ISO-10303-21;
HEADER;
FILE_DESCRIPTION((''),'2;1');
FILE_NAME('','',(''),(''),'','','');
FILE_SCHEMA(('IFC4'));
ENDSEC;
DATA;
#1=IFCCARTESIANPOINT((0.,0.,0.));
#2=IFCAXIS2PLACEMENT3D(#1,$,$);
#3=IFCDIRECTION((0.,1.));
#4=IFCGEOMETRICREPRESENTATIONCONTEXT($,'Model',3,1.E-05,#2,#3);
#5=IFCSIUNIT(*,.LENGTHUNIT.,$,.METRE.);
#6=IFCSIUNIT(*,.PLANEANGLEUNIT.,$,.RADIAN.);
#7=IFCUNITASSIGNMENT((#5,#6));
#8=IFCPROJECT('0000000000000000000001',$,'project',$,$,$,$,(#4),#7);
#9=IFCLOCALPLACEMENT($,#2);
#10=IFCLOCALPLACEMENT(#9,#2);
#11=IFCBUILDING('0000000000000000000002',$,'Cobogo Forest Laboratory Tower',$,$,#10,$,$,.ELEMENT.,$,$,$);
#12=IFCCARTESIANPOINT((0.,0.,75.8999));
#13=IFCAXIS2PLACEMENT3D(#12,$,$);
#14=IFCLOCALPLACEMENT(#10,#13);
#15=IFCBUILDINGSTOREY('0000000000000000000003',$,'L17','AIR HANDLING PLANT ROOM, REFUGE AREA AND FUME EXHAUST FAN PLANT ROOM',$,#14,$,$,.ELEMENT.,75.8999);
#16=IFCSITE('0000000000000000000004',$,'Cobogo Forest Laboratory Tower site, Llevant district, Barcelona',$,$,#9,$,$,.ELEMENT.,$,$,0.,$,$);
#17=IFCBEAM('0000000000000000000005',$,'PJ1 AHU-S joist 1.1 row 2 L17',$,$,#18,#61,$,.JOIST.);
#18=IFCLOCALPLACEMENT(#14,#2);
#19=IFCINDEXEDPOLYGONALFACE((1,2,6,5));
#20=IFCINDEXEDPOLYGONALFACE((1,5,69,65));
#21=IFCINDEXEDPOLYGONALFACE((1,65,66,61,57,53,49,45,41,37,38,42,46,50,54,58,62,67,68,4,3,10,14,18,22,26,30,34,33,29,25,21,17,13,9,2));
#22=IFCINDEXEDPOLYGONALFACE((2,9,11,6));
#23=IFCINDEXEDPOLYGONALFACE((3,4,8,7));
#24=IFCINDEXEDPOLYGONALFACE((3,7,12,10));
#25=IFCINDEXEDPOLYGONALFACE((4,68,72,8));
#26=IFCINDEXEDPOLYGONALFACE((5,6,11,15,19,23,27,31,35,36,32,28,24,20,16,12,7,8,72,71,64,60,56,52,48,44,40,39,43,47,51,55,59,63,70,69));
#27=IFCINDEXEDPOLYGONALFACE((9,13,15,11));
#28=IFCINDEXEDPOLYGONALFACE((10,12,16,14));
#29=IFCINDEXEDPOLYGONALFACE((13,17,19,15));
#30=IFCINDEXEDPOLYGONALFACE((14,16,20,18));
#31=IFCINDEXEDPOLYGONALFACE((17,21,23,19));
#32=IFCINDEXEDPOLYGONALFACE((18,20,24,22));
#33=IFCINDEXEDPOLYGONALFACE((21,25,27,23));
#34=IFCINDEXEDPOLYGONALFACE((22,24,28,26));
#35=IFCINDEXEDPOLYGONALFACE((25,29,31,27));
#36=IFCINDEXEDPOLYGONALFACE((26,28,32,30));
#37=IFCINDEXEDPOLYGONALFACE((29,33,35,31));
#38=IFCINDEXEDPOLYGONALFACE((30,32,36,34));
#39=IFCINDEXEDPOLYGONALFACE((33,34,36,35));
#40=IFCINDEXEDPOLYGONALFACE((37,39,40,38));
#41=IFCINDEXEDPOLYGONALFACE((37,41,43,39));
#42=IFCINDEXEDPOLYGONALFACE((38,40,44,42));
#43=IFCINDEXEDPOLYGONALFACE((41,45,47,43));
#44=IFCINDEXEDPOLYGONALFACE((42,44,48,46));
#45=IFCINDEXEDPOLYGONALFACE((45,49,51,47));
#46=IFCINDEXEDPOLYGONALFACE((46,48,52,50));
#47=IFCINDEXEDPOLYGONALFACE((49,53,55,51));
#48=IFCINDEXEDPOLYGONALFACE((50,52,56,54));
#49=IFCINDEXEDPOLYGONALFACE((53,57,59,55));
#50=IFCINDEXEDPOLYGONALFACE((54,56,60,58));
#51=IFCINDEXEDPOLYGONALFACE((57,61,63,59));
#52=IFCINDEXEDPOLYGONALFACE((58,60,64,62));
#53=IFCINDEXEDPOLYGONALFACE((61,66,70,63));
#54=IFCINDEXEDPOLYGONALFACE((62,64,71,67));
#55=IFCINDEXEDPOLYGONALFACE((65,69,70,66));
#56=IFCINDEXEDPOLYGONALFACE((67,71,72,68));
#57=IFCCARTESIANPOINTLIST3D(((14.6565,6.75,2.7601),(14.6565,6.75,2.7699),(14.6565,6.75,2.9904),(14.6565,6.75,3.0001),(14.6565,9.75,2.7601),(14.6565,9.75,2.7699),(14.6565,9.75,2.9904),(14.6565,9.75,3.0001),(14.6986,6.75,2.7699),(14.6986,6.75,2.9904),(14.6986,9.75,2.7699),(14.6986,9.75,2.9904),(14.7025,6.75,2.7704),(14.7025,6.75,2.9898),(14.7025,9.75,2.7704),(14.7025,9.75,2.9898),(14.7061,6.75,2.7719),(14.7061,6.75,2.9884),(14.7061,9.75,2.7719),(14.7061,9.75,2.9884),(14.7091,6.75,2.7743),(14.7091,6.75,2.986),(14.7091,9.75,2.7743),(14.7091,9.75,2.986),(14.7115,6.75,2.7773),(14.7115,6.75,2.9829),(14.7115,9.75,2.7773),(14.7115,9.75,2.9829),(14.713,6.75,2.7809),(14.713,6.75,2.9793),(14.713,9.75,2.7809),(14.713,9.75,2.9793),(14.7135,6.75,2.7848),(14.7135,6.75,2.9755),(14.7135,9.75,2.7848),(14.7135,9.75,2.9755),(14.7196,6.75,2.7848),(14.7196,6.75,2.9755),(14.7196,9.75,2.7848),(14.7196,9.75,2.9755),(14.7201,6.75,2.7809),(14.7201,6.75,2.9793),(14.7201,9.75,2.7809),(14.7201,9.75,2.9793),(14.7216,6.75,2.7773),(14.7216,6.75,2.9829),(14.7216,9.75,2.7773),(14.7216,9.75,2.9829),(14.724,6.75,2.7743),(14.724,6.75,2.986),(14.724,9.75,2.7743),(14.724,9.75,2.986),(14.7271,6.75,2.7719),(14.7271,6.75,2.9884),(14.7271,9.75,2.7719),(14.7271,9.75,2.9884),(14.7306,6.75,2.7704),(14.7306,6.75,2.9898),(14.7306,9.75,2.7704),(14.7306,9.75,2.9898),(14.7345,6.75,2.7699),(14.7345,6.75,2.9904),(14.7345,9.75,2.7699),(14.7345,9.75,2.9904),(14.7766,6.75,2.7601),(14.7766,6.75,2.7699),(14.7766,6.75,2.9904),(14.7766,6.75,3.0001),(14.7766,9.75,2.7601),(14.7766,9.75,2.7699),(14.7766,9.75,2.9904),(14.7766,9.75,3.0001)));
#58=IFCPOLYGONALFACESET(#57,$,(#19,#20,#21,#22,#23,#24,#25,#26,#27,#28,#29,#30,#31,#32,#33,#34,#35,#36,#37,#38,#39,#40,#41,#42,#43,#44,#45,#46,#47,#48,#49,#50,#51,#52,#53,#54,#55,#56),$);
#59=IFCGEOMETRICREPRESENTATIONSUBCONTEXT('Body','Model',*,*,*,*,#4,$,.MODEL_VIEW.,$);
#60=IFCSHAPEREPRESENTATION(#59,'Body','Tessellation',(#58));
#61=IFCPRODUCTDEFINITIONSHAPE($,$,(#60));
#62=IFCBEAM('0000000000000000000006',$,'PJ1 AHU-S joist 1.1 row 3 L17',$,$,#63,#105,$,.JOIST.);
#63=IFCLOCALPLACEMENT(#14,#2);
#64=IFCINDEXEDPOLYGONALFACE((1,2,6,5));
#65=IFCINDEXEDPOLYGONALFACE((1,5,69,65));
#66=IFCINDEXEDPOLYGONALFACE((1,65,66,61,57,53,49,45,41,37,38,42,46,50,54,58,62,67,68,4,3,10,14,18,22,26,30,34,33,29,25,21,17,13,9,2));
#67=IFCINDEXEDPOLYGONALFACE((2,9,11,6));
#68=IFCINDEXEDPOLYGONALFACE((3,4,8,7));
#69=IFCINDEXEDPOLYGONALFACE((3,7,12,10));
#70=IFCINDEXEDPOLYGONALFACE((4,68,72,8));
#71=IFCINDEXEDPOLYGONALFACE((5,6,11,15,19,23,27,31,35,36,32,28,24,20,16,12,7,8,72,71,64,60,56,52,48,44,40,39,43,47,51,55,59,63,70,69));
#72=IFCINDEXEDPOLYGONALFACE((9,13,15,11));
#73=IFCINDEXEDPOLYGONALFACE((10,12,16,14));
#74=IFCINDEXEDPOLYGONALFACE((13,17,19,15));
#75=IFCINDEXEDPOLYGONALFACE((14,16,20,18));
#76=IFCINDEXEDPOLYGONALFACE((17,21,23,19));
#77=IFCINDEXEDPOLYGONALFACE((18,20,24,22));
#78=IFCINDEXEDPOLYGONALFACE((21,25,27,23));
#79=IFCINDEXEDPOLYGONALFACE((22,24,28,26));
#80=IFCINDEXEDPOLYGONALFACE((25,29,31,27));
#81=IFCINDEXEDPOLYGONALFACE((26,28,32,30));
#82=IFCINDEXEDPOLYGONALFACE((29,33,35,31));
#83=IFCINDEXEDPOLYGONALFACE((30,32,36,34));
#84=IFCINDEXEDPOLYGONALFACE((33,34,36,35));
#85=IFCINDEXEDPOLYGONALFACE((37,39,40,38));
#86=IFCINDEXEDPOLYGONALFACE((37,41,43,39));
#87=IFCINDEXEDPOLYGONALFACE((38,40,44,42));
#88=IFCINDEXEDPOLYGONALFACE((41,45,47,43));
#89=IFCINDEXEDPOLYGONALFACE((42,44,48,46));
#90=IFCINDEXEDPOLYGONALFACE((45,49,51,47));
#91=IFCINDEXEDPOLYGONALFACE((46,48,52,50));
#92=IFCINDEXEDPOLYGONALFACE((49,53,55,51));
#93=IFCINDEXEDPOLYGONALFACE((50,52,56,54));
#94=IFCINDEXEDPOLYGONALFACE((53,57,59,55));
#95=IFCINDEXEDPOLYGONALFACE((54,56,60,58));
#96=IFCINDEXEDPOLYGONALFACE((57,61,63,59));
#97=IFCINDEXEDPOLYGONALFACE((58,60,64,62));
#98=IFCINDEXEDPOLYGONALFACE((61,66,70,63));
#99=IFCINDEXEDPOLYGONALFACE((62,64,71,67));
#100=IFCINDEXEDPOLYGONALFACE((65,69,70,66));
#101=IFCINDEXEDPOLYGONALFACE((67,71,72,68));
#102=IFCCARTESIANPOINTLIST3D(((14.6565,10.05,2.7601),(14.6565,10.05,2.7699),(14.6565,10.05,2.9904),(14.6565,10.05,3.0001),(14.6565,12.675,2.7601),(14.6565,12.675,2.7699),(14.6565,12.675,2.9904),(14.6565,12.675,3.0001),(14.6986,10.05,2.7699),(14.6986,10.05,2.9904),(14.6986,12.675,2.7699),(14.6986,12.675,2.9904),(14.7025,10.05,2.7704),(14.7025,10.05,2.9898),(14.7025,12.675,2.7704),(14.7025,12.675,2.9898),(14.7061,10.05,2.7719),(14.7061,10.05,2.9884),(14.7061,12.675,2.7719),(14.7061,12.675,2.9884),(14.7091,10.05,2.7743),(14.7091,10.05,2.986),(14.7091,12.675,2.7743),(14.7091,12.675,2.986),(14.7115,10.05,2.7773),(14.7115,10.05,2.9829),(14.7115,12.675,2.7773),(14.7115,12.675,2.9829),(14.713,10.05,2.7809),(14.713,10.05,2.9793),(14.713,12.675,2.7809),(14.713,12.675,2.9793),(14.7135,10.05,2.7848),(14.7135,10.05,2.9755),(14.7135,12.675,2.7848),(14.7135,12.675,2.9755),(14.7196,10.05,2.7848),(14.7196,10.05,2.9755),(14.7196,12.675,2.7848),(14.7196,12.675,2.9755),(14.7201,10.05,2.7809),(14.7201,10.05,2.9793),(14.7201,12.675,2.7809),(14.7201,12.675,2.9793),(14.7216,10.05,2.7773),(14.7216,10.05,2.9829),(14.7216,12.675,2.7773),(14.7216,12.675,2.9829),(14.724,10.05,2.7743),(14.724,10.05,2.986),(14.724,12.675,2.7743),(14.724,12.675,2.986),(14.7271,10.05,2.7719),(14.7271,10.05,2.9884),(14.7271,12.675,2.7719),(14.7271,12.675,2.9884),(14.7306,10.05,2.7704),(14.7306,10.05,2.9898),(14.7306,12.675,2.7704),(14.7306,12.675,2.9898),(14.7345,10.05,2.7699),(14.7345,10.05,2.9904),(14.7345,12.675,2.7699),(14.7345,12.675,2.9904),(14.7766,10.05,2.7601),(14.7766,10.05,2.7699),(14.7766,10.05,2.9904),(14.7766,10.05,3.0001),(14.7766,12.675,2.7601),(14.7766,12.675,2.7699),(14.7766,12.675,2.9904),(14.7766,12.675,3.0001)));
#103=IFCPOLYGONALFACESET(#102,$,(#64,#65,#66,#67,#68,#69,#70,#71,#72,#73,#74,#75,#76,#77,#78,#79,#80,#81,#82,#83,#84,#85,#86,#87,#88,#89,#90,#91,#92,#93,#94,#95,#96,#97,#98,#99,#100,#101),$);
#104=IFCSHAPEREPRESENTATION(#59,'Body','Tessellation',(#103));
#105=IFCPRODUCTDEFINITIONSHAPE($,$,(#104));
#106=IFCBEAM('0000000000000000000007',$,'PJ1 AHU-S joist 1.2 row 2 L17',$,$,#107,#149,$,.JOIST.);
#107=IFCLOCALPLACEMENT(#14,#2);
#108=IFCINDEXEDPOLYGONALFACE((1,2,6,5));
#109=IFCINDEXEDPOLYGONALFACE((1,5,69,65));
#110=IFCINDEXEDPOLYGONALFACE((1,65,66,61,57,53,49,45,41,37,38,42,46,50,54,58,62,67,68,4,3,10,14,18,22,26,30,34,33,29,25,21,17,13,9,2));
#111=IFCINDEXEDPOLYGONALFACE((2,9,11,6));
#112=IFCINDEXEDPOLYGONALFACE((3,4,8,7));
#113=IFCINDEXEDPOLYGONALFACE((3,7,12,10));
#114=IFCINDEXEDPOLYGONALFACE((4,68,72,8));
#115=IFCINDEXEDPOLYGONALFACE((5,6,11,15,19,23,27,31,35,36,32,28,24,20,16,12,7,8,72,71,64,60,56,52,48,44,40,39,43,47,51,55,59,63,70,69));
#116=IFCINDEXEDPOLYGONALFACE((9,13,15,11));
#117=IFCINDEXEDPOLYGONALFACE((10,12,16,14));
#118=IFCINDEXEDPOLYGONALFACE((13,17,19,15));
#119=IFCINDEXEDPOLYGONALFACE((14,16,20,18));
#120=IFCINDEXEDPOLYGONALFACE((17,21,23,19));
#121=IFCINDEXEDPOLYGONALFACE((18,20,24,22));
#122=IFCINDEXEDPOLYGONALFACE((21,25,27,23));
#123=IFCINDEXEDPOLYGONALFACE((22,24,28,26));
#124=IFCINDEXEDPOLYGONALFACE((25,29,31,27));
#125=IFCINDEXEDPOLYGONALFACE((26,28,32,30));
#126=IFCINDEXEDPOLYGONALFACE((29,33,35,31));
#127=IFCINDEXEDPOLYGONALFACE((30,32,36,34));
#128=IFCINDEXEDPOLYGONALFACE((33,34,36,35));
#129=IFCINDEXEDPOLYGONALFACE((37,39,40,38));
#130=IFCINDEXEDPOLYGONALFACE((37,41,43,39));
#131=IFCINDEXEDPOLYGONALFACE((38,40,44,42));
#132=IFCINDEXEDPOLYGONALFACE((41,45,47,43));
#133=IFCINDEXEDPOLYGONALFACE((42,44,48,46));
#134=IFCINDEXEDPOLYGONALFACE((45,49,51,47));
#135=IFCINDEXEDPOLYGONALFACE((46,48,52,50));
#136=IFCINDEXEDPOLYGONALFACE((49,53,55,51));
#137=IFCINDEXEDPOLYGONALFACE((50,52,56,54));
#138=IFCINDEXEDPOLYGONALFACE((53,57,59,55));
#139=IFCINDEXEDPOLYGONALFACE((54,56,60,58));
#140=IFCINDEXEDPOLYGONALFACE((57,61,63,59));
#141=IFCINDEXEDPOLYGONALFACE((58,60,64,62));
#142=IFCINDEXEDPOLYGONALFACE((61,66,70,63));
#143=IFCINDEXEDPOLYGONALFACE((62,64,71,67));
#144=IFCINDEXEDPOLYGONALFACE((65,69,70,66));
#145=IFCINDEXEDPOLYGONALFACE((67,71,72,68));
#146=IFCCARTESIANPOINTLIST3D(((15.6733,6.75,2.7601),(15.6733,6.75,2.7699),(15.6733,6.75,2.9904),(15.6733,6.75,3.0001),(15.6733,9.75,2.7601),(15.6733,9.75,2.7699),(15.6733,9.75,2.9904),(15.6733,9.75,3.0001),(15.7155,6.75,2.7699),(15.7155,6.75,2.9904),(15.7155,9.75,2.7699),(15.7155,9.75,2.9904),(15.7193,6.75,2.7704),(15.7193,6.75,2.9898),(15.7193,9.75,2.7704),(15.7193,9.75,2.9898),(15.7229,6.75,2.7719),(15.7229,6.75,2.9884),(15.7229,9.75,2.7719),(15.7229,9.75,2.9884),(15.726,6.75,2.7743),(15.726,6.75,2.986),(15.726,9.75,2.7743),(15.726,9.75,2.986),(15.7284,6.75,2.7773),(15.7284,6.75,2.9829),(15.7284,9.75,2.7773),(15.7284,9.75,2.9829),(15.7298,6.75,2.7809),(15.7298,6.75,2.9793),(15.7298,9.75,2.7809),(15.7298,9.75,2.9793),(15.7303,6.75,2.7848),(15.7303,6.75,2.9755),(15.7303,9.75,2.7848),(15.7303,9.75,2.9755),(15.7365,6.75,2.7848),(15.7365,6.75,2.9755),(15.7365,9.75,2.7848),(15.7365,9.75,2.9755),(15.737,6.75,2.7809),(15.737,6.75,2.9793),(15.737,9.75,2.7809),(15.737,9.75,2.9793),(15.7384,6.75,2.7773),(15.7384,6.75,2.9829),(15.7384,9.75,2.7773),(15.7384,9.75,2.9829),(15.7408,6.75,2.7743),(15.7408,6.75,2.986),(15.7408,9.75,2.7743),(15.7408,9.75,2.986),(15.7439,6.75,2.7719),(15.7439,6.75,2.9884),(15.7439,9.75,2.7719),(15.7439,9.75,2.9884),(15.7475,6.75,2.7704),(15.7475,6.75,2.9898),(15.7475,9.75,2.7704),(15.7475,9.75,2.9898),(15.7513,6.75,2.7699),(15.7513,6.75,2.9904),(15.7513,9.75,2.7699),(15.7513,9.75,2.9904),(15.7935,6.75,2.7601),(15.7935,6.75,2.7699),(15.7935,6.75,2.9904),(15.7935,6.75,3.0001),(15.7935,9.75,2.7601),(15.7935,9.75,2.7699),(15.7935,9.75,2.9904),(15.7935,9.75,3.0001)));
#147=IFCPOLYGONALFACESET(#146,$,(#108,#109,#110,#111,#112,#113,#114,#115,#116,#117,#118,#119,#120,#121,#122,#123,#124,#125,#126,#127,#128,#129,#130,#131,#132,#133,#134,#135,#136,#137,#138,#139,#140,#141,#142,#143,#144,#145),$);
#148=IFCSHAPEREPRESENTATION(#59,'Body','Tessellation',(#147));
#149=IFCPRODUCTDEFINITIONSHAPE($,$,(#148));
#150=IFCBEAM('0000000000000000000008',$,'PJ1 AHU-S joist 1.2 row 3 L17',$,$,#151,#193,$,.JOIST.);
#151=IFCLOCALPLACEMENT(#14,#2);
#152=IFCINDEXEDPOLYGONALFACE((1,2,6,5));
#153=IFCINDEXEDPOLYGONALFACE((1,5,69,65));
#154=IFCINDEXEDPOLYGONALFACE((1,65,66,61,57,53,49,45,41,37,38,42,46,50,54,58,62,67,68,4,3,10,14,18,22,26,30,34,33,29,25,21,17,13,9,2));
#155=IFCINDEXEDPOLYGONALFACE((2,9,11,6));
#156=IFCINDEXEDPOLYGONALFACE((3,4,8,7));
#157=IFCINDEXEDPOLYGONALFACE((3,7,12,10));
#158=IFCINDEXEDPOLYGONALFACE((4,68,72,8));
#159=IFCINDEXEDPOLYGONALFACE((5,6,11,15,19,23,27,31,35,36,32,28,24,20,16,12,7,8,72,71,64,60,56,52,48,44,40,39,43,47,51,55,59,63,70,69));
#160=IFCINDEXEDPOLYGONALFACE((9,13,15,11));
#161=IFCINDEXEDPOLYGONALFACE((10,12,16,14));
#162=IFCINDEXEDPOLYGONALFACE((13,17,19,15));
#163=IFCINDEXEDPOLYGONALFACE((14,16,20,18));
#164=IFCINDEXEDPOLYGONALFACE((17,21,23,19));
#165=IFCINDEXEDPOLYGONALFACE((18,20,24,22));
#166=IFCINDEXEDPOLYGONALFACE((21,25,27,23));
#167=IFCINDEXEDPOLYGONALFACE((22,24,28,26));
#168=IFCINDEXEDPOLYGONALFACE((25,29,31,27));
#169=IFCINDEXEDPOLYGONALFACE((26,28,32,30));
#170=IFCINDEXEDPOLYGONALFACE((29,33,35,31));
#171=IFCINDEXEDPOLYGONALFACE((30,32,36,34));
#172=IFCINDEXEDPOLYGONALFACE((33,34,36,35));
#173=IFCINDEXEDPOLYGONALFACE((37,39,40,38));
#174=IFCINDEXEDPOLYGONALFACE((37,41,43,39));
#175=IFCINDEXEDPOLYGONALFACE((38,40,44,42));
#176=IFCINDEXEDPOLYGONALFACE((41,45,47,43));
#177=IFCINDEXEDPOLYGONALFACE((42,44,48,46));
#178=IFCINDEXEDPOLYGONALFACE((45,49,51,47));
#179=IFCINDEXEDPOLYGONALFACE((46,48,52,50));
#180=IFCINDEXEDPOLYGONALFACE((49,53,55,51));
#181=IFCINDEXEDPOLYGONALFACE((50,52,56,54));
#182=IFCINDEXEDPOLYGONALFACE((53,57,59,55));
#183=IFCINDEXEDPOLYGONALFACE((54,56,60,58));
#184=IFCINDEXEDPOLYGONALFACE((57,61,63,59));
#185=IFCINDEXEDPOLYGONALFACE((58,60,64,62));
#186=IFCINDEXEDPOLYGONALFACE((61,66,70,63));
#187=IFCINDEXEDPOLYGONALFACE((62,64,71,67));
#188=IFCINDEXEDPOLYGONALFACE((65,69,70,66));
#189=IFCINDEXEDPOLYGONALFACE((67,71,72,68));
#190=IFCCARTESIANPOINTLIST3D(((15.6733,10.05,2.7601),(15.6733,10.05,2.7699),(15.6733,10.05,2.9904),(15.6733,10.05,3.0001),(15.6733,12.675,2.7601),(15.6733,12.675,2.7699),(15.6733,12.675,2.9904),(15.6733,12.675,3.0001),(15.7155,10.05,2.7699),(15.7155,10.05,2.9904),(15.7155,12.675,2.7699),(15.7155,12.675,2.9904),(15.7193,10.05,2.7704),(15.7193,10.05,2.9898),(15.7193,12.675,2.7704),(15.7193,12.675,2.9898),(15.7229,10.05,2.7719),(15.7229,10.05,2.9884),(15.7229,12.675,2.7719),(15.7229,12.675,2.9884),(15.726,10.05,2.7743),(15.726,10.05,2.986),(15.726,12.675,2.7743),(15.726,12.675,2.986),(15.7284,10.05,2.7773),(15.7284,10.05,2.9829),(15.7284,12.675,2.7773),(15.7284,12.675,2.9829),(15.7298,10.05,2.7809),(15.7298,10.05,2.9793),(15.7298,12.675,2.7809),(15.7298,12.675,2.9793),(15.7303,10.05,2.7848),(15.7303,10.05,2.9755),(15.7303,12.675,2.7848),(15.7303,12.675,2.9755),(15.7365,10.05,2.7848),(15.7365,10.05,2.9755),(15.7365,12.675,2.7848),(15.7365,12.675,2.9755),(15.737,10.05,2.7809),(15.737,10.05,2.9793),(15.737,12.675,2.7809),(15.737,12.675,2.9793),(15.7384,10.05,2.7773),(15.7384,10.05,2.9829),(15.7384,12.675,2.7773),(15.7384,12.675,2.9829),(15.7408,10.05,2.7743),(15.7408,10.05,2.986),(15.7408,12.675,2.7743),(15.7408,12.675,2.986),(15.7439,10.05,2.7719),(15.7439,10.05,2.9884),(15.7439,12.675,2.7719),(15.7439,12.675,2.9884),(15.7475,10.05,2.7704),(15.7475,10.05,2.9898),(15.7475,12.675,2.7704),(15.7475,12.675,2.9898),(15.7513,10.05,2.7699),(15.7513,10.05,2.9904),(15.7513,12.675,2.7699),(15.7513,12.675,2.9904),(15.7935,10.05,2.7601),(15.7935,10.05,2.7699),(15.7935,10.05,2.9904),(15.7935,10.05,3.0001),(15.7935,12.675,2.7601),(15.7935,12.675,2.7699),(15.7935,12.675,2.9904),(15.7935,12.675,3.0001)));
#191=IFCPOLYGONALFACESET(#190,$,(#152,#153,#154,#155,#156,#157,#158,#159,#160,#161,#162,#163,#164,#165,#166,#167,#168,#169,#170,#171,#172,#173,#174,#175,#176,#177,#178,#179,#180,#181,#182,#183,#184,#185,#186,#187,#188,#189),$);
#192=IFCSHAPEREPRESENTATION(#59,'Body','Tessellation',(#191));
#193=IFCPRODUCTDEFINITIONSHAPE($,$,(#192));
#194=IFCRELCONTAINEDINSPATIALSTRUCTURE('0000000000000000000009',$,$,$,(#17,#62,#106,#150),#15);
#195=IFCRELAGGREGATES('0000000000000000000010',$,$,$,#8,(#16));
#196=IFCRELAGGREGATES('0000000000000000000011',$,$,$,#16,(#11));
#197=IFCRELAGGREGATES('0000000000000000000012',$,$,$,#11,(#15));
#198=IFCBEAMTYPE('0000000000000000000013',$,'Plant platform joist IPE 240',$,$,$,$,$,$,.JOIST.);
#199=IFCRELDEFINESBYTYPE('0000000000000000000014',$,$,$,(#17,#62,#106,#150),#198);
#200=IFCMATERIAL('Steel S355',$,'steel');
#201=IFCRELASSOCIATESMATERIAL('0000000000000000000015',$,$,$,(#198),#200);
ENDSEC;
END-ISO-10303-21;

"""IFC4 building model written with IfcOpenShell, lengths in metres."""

from ifc_helpers import new_model, si_unit, direction, frame, origin, origin_2d, place, context, subcontext, project, spatial, i_section, extrude, material, material_profile, profile_set, type_object, element, save


model = new_model("IFC4")

# Units and contexts
model_context = context("Model", 3, precision=1e-05, world=origin(), true_north=direction((0.0, 1.0)))
body_context = subcontext(model_context, "Body", "Model", "MODEL_VIEW")
ifc_project = project(units=[si_unit("LENGTHUNIT", "METRE"), si_unit("PLANEANGLEUNIT", "RADIAN")], contexts=[model_context])

# Site, building, storey
site_placement = place(None, origin())
site = spatial("IfcSite", under=ifc_project, at=site_placement, Name="Cobogo Forest Laboratory Tower site, Llevant district, Barcelona", CompositionType="ELEMENT", RefElevation=0.0)
building_placement = place(site_placement, origin())
building = spatial("IfcBuilding", under=site, at=building_placement, Name="Cobogo Forest Laboratory Tower", CompositionType="ELEMENT")
storey_placement = place(building_placement, frame((0.0, 0.0, 75.8999)))
storey = spatial("IfcBuildingStorey", under=building, at=storey_placement, Name="L17", Description="AIR HANDLING PLANT ROOM, REFUGE AREA AND FUME EXHAUST FAN PLANT ROOM", CompositionType="ELEMENT", Elevation=75.8999)

# Beams
ifc_material_1 = material(Name="Steel S355", Category="steel")
ifc_material_profile_1 = material_profile(ifc_material_1, i_section(OverallWidth=0.1201, OverallDepth=0.24, WebThickness=0.0061, FlangeThickness=0.0098, FilletRadius=0.0149, at=origin_2d()), Name="IPE 240")
ifc_profile_set_1 = profile_set([ifc_material_profile_1], Name="Steel S355")
beam_type_1 = type_object("IfcBeamType", Name="Plant platform joist IPE 240", PredefinedType="JOIST", material=ifc_profile_set_1)
beam_1_placement = place(storey_placement, frame((14.7166, 6.75, 2.8801), z_axis=(0.0, 1.0, 0.0), x_axis=(-1.0, 0.0, 0.0)))
element("IfcBeam", 1, at=beam_1_placement, inside=storey, type_object=beam_type_1, Name="PJ1 AHU-S joist 1.1 row 2 L17", PredefinedType="JOIST", context=body_context, shape_type="SweptSolid", body=[
    extrude(i_section(OverallWidth=0.1201, OverallDepth=0.24, WebThickness=0.0061, FlangeThickness=0.0098, FilletRadius=0.0149, at=origin_2d()), origin(), (0.0, 0.0, 1.0), 3.0),
])
beam_2_placement = place(storey_placement, frame((14.7166, 10.05, 2.8801), z_axis=(0.0, 1.0, 0.0), x_axis=(-1.0, 0.0, 0.0)))
element("IfcBeam", 2, at=beam_2_placement, inside=storey, type_object=beam_type_1, Name="PJ1 AHU-S joist 1.1 row 3 L17", PredefinedType="JOIST", context=body_context, shape_type="SweptSolid", body=[
    extrude(i_section(OverallWidth=0.1201, OverallDepth=0.24, WebThickness=0.0061, FlangeThickness=0.0098, FilletRadius=0.0149, at=origin_2d()), origin(), (0.0, 0.0, 1.0), 2.625),
])
beam_3_placement = place(storey_placement, frame((15.7334, 6.75, 2.8801), z_axis=(0.0, 1.0, 0.0), x_axis=(-1.0, 0.0, 0.0)))
element("IfcBeam", 3, at=beam_3_placement, inside=storey, type_object=beam_type_1, Name="PJ1 AHU-S joist 1.2 row 2 L17", PredefinedType="JOIST", context=body_context, shape_type="SweptSolid", body=[
    extrude(i_section(OverallWidth=0.1201, OverallDepth=0.24, WebThickness=0.0061, FlangeThickness=0.0098, FilletRadius=0.0149, at=origin_2d()), origin(), (0.0, 0.0, 1.0), 3.0),
])
beam_4_placement = place(storey_placement, frame((15.7334, 10.05, 2.8801), z_axis=(0.0, 1.0, 0.0), x_axis=(-1.0, 0.0, 0.0)))
element("IfcBeam", 4, at=beam_4_placement, inside=storey, type_object=beam_type_1, Name="PJ1 AHU-S joist 1.2 row 3 L17", PredefinedType="JOIST", context=body_context, shape_type="SweptSolid", body=[
    extrude(i_section(OverallWidth=0.1201, OverallDepth=0.24, WebThickness=0.0061, FlangeThickness=0.0098, FilletRadius=0.0149, at=origin_2d()), origin(), (0.0, 0.0, 1.0), 2.625),
])

save(model, "model.ifc")
